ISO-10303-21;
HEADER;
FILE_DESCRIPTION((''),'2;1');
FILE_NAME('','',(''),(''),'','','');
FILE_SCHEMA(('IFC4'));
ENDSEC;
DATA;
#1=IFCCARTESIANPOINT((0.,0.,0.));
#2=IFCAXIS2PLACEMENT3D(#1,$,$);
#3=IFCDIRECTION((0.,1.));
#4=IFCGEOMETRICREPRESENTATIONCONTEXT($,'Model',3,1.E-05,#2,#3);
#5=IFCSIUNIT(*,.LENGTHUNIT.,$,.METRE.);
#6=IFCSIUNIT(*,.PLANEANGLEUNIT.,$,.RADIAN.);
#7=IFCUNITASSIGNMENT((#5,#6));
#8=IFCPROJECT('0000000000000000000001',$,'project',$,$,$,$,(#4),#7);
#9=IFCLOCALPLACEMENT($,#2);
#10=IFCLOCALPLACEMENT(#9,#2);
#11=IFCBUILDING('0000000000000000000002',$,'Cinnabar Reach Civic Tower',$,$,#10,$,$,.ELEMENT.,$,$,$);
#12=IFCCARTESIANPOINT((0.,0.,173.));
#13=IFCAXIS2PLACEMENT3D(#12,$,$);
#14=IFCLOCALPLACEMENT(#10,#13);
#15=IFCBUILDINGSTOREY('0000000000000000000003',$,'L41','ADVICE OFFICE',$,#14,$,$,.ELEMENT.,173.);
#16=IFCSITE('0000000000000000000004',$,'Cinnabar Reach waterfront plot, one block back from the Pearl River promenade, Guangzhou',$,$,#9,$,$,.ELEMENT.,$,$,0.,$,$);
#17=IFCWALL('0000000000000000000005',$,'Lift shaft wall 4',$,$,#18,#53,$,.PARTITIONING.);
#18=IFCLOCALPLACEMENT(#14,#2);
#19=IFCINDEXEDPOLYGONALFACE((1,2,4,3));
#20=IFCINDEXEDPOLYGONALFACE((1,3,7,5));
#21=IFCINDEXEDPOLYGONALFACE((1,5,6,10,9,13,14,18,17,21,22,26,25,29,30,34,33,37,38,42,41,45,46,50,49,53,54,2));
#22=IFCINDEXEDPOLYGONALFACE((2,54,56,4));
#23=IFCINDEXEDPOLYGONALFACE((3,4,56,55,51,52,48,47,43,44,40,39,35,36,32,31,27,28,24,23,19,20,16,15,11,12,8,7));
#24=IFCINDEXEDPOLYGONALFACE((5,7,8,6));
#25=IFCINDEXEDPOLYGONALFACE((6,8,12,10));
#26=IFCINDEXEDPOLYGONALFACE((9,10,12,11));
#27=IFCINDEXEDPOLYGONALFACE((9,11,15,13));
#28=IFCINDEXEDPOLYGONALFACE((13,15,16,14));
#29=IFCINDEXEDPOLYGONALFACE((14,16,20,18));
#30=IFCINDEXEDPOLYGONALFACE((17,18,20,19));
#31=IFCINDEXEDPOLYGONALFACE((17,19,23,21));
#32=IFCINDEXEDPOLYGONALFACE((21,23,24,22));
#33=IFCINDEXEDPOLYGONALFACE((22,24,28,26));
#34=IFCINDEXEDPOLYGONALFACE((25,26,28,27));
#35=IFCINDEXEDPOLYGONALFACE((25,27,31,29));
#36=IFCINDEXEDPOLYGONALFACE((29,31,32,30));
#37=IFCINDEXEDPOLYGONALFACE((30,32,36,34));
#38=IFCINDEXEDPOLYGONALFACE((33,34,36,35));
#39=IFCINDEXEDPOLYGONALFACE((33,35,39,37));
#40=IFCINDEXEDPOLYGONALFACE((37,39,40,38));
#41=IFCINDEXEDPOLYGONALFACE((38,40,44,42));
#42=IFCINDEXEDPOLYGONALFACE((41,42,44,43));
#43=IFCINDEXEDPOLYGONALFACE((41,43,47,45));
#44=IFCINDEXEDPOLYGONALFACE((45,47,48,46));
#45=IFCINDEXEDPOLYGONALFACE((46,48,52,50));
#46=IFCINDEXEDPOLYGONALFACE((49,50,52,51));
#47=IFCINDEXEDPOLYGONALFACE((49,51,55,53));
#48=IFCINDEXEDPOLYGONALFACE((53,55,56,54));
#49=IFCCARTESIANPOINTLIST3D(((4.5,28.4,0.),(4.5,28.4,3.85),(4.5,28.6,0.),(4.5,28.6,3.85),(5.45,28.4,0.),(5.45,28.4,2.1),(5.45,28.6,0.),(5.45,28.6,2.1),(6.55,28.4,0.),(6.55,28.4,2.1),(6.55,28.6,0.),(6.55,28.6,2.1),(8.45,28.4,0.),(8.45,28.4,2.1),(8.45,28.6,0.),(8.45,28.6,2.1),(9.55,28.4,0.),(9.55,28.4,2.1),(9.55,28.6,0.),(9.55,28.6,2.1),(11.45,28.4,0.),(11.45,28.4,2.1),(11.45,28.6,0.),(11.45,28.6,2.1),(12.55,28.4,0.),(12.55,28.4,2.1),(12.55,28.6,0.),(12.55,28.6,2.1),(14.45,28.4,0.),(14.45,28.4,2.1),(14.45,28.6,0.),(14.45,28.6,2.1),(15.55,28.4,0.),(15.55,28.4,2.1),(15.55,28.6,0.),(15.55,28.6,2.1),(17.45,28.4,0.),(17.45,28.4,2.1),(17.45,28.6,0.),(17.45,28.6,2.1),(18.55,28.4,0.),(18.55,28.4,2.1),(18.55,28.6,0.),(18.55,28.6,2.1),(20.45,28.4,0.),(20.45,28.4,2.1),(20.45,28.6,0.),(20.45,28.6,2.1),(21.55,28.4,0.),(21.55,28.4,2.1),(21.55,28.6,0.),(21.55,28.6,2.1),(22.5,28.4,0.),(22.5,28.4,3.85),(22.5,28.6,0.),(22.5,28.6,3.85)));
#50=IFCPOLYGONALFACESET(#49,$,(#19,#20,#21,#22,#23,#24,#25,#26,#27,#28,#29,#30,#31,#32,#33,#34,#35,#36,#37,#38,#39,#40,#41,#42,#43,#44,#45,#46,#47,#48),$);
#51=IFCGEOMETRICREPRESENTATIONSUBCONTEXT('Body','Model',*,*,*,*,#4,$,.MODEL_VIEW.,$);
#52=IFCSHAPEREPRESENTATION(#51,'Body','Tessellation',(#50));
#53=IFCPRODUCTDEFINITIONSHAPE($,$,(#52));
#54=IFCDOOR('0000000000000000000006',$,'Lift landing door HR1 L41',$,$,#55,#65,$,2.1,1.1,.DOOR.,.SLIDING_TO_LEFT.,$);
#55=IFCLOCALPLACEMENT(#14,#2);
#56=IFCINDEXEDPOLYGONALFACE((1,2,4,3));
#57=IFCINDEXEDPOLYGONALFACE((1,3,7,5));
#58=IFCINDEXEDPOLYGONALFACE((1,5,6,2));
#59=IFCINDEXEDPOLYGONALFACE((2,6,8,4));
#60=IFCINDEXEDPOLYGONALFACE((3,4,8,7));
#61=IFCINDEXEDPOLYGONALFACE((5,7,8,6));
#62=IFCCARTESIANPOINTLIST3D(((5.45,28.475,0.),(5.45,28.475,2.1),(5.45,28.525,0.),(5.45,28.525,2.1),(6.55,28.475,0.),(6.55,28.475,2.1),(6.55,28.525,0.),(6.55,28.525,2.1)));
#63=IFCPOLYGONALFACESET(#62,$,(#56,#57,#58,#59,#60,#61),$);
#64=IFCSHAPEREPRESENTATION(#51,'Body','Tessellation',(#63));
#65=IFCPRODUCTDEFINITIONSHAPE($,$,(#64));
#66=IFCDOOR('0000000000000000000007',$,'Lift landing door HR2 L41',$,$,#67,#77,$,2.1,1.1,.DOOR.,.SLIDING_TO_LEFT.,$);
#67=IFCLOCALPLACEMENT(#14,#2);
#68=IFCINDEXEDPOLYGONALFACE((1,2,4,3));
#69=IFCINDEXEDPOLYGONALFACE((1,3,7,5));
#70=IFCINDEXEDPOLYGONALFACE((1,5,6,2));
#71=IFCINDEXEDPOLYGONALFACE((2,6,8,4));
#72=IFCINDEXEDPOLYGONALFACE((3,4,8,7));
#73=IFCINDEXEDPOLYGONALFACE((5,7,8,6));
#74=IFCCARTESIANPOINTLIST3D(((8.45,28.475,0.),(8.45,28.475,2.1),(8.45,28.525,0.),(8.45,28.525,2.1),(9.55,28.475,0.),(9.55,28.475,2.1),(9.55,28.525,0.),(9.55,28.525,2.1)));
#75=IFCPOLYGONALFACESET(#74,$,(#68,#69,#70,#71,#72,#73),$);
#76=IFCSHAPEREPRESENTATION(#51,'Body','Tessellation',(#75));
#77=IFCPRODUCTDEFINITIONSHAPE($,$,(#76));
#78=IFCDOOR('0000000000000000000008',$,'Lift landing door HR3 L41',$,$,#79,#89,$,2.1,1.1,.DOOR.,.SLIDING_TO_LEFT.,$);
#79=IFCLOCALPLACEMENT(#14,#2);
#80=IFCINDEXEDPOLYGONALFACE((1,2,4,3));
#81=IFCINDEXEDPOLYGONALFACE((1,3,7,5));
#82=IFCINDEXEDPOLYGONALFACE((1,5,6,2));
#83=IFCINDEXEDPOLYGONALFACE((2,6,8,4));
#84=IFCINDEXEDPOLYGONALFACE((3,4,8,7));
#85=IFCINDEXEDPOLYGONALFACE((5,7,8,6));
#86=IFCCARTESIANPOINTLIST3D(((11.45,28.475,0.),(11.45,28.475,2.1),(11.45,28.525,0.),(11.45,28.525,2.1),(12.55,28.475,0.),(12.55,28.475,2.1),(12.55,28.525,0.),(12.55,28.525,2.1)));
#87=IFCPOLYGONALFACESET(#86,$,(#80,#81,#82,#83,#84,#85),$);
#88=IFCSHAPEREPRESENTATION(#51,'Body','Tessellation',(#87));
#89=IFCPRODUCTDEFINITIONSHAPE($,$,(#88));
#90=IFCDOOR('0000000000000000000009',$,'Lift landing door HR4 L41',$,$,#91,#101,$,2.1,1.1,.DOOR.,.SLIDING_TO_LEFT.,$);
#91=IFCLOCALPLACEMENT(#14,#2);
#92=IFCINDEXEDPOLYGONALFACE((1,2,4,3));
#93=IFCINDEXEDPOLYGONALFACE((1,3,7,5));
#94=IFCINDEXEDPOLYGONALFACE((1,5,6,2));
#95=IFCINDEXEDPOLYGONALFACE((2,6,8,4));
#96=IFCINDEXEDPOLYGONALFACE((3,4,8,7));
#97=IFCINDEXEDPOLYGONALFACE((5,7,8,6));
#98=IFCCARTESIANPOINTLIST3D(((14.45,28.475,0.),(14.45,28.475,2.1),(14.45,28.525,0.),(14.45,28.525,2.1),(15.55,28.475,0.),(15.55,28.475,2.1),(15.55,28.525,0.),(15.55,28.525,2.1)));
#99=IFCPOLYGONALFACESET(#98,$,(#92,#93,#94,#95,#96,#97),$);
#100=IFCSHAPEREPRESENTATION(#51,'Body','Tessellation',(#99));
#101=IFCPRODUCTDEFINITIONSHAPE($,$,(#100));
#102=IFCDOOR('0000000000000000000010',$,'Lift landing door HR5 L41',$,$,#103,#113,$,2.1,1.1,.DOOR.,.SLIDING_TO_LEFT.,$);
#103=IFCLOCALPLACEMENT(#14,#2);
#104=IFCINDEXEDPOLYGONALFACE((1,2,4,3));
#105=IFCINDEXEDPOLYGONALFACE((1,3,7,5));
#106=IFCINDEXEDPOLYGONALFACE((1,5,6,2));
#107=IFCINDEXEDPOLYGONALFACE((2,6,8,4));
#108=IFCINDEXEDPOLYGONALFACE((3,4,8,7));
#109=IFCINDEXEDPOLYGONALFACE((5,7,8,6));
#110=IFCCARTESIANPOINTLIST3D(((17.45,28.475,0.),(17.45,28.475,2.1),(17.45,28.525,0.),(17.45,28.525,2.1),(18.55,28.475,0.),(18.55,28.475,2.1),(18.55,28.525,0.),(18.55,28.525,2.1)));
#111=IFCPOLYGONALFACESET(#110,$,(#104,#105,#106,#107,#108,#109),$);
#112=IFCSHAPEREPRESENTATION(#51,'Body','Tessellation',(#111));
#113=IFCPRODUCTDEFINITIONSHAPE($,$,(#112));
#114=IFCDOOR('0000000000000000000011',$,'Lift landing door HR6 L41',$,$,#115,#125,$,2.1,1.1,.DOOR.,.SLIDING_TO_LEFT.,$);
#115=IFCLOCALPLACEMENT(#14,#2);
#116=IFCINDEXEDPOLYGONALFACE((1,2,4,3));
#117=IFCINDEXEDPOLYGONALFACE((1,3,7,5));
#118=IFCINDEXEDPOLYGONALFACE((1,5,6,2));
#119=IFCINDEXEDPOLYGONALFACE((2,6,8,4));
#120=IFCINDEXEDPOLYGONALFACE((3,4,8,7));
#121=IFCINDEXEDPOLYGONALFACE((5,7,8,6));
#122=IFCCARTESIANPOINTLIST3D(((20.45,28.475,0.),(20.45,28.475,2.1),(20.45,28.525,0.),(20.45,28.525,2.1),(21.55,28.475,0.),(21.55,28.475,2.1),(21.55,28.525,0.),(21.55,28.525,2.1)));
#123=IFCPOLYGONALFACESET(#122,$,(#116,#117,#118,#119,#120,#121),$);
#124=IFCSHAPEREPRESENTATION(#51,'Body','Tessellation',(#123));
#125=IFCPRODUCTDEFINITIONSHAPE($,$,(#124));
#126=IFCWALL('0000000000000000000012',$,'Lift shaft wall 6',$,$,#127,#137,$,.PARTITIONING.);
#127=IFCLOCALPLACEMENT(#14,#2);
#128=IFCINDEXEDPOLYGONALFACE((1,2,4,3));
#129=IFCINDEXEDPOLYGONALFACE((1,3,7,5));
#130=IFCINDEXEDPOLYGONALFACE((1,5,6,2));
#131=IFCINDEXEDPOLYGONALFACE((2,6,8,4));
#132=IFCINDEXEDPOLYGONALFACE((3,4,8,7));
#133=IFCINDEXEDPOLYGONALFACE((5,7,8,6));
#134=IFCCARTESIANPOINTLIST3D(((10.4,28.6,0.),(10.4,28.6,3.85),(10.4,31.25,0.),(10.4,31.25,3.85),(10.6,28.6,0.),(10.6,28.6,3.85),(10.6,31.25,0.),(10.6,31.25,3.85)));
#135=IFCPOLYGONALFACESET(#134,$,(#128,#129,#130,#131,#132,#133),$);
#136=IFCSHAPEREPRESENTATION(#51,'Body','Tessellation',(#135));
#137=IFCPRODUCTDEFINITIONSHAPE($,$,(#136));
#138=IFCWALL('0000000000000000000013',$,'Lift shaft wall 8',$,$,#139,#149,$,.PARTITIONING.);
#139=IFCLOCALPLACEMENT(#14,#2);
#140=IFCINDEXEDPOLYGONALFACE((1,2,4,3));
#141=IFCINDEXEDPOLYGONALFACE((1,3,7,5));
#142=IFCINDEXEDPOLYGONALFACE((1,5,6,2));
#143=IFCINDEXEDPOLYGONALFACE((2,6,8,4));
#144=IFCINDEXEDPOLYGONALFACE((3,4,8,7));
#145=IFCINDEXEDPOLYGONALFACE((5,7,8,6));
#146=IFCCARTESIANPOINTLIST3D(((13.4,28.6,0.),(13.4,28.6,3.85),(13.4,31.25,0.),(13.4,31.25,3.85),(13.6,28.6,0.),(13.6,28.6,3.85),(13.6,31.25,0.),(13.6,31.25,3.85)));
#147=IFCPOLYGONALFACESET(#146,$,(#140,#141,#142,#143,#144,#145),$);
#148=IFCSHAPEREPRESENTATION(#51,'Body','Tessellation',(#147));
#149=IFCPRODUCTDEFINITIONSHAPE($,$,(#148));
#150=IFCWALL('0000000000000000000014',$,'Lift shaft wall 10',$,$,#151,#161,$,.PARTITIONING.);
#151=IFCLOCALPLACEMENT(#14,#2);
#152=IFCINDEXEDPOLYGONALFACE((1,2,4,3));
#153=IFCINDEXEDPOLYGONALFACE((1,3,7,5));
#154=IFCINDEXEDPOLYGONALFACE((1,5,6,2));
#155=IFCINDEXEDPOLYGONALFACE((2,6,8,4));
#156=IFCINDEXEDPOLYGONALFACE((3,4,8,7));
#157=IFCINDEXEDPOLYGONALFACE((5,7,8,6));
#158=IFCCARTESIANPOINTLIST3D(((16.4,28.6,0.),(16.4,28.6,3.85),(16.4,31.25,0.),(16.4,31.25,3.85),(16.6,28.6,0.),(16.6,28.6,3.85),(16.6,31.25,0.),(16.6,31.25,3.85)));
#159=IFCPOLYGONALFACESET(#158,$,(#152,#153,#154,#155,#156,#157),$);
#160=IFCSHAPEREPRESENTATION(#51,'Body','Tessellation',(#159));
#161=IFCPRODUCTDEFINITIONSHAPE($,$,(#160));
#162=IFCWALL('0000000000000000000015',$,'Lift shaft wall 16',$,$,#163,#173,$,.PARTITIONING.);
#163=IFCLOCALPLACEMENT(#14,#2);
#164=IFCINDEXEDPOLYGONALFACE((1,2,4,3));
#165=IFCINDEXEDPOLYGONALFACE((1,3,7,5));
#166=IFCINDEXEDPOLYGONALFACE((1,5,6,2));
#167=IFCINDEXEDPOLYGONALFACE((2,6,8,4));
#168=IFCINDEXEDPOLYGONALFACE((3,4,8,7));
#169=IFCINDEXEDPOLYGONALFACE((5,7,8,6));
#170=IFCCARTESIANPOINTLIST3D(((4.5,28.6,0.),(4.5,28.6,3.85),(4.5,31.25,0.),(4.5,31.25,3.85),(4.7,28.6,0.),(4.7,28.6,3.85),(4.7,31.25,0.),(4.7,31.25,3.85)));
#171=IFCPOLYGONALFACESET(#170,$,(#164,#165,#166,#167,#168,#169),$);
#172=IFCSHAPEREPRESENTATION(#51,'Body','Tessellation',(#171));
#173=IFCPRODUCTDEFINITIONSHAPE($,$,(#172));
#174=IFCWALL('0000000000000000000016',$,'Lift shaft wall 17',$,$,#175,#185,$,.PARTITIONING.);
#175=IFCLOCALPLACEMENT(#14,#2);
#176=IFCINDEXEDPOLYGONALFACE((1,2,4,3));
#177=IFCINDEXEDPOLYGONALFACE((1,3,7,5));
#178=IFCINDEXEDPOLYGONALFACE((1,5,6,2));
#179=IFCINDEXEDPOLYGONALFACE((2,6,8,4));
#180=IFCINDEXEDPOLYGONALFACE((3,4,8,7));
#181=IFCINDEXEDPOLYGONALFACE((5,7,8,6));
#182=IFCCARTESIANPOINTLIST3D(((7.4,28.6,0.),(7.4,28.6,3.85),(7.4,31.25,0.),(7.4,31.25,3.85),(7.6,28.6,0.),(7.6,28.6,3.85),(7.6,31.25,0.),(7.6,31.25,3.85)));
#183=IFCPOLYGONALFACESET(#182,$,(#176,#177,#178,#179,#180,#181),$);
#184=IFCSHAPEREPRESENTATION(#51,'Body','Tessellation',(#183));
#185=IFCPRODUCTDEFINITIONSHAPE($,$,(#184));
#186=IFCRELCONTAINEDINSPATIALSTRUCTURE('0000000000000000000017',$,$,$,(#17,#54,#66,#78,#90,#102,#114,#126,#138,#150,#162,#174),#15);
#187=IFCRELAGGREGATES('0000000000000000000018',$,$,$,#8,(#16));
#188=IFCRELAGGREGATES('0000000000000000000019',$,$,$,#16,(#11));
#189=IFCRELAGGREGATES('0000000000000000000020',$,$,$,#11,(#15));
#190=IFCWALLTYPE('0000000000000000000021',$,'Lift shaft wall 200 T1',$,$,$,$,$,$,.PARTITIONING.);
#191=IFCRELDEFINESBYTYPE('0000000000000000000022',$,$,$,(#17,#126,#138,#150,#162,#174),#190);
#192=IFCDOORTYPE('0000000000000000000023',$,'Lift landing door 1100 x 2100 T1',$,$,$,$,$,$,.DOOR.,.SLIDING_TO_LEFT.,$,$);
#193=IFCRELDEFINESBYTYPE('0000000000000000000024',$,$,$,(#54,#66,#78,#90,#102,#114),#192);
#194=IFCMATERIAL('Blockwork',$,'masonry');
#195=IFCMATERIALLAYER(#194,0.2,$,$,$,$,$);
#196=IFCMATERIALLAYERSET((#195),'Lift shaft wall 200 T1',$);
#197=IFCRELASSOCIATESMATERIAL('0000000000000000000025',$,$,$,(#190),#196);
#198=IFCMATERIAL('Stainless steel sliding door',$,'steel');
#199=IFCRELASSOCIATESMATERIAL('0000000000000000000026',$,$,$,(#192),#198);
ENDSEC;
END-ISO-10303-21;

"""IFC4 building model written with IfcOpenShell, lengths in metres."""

from ifc_helpers import new_model, si_unit, direction, frame, frame_2d, origin, place, context, subcontext, project, spatial, rectangle, extrude, material, layer, layer_set, type_object, element, fill, save


model = new_model("IFC4")

# Units and contexts
model_context = context("Model", 3, precision=1e-05, world=origin(), true_north=direction((0.0, 1.0)))
body_context = subcontext(model_context, "Body", "Model", "MODEL_VIEW")
ifc_project = project(units=[si_unit("LENGTHUNIT", "METRE"), si_unit("PLANEANGLEUNIT", "RADIAN")], contexts=[model_context])

# Site, building, storey
site_placement = place(None, origin())
site = spatial("IfcSite", under=ifc_project, at=site_placement, Name="Cinnabar Reach waterfront plot, one block back from the Pearl River promenade, Guangzhou", CompositionType="ELEMENT", RefElevation=0.0)
building_placement = place(site_placement, origin())
building = spatial("IfcBuilding", under=site, at=building_placement, Name="Cinnabar Reach Civic Tower", CompositionType="ELEMENT")
storey_placement = place(building_placement, frame((0.0, 0.0, 173.0)))
storey = spatial("IfcBuildingStorey", under=building, at=storey_placement, Name="L41", Description="ADVICE OFFICE", CompositionType="ELEMENT", Elevation=173.0)

# Wall, openings, doors
ifc_material_1 = material(Name="Blockwork", Category="masonry")
ifc_layer_1 = layer(ifc_material_1, 0.2)
ifc_layer_set_1 = layer_set([ifc_layer_1], Name="Lift shaft wall 200 T1")
wall_type_1 = type_object("IfcWallType", Name="Lift shaft wall 200 T1", PredefinedType="PARTITIONING", material=ifc_layer_set_1)
wall_1_placement = place(storey_placement, frame((4.5, 28.5, 0.0), z_axis=(0.0, 0.0, 1.0), x_axis=(1.0, 0.0, 0.0)))
wall_1 = element("IfcWall", 1, at=wall_1_placement, inside=storey, type_object=wall_type_1, Name="Lift shaft wall 4", PredefinedType="PARTITIONING", context=body_context, shape_type="SweptSolid", body=[
    extrude(rectangle(XDim=18.0, YDim=0.2, at=frame_2d((9.0, 0.0))), origin(), (0.0, 0.0, 1.0), 3.85),
])
opening_1_placement = place(wall_1_placement, frame((0.95, 0.0, 0.0)))
opening_1 = element("IfcOpeningElement", 2, at=opening_1_placement, cuts=wall_1, PredefinedType="OPENING", context=body_context, shape_type="SweptSolid", body=[
    extrude(rectangle(XDim=1.1, YDim=2.1, at=frame_2d((0.55, 1.05))), frame((0.0, 0.11, 0.0), z_axis=(0.0, -1.0, 0.0), x_axis=(1.0, 0.0, 0.0)), (0.0, 0.0, 1.0), 0.22),
])
opening_2_placement = place(wall_1_placement, frame((3.95, 0.0, 0.0)))
opening_2 = element("IfcOpeningElement", 3, at=opening_2_placement, cuts=wall_1, PredefinedType="OPENING", context=body_context, shape_type="SweptSolid", body=[
    extrude(rectangle(XDim=1.1, YDim=2.1, at=frame_2d((0.55, 1.05))), frame((0.0, 0.11, 0.0), z_axis=(0.0, -1.0, 0.0), x_axis=(1.0, 0.0, 0.0)), (0.0, 0.0, 1.0), 0.22),
])
opening_3_placement = place(wall_1_placement, frame((6.95, 0.0, 0.0)))
opening_3 = element("IfcOpeningElement", 4, at=opening_3_placement, cuts=wall_1, PredefinedType="OPENING", context=body_context, shape_type="SweptSolid", body=[
    extrude(rectangle(XDim=1.1, YDim=2.1, at=frame_2d((0.55, 1.05))), frame((0.0, 0.11, 0.0), z_axis=(0.0, -1.0, 0.0), x_axis=(1.0, 0.0, 0.0)), (0.0, 0.0, 1.0), 0.22),
])
opening_4_placement = place(wall_1_placement, frame((9.95, 0.0, 0.0)))
opening_4 = element("IfcOpeningElement", 5, at=opening_4_placement, cuts=wall_1, PredefinedType="OPENING", context=body_context, shape_type="SweptSolid", body=[
    extrude(rectangle(XDim=1.1, YDim=2.1, at=frame_2d((0.55, 1.05))), frame((0.0, 0.11, 0.0), z_axis=(0.0, -1.0, 0.0), x_axis=(1.0, 0.0, 0.0)), (0.0, 0.0, 1.0), 0.22),
])
opening_5_placement = place(wall_1_placement, frame((12.95, 0.0, 0.0)))
opening_5 = element("IfcOpeningElement", 6, at=opening_5_placement, cuts=wall_1, PredefinedType="OPENING", context=body_context, shape_type="SweptSolid", body=[
    extrude(rectangle(XDim=1.1, YDim=2.1, at=frame_2d((0.55, 1.05))), frame((0.0, 0.11, 0.0), z_axis=(0.0, -1.0, 0.0), x_axis=(1.0, 0.0, 0.0)), (0.0, 0.0, 1.0), 0.22),
])
opening_6_placement = place(wall_1_placement, frame((15.95, 0.0, 0.0)))
opening_6 = element("IfcOpeningElement", 7, at=opening_6_placement, cuts=wall_1, PredefinedType="OPENING", context=body_context, shape_type="SweptSolid", body=[
    extrude(rectangle(XDim=1.1, YDim=2.1, at=frame_2d((0.55, 1.05))), frame((0.0, 0.11, 0.0), z_axis=(0.0, -1.0, 0.0), x_axis=(1.0, 0.0, 0.0)), (0.0, 0.0, 1.0), 0.22),
])
ifc_material_2 = material(Name="Stainless steel sliding door", Category="steel")
door_type_1 = type_object("IfcDoorType", Name="Lift landing door 1100 x 2100 T1", OperationType="SLIDING_TO_LEFT", PredefinedType="DOOR", material=ifc_material_2)
door_1_placement = place(opening_1_placement, origin())
door_1 = element("IfcDoor", 8, at=door_1_placement, inside=storey, type_object=door_type_1, Name="Lift landing door HR1 L41", OperationType="SLIDING_TO_LEFT", OverallHeight=2.1, OverallWidth=1.1, PredefinedType="DOOR", context=body_context, shape_type="SweptSolid", body=[
    extrude(rectangle(XDim=1.1, YDim=2.1, at=frame_2d((0.55, 1.05))), frame((0.0, 0.025, 0.0), z_axis=(0.0, -1.0, 0.0), x_axis=(1.0, 0.0, 0.0)), (0.0, 0.0, 1.0), 0.05),
])
fill(opening_1, door_1)
door_2_placement = place(opening_2_placement, origin())
door_2 = element("IfcDoor", 9, at=door_2_placement, inside=storey, type_object=door_type_1, Name="Lift landing door HR2 L41", OperationType="SLIDING_TO_LEFT", OverallHeight=2.1, OverallWidth=1.1, PredefinedType="DOOR", context=body_context, shape_type="SweptSolid", body=[
    extrude(rectangle(XDim=1.1, YDim=2.1, at=frame_2d((0.55, 1.05))), frame((0.0, 0.025, 0.0), z_axis=(0.0, -1.0, 0.0), x_axis=(1.0, 0.0, 0.0)), (0.0, 0.0, 1.0), 0.05),
])
fill(opening_2, door_2)
door_3_placement = place(opening_3_placement, origin())
door_3 = element("IfcDoor", 10, at=door_3_placement, inside=storey, type_object=door_type_1, Name="Lift landing door HR3 L41", OperationType="SLIDING_TO_LEFT", OverallHeight=2.1, OverallWidth=1.1, PredefinedType="DOOR", context=body_context, shape_type="SweptSolid", body=[
    extrude(rectangle(XDim=1.1, YDim=2.1, at=frame_2d((0.55, 1.05))), frame((0.0, 0.025, 0.0), z_axis=(0.0, -1.0, 0.0), x_axis=(1.0, 0.0, 0.0)), (0.0, 0.0, 1.0), 0.05),
])
fill(opening_3, door_3)
door_4_placement = place(opening_4_placement, origin())
door_4 = element("IfcDoor", 11, at=door_4_placement, inside=storey, type_object=door_type_1, Name="Lift landing door HR4 L41", OperationType="SLIDING_TO_LEFT", OverallHeight=2.1, OverallWidth=1.1, PredefinedType="DOOR", context=body_context, shape_type="SweptSolid", body=[
    extrude(rectangle(XDim=1.1, YDim=2.1, at=frame_2d((0.55, 1.05))), frame((0.0, 0.025, 0.0), z_axis=(0.0, -1.0, 0.0), x_axis=(1.0, 0.0, 0.0)), (0.0, 0.0, 1.0), 0.05),
])
fill(opening_4, door_4)
door_5_placement = place(opening_5_placement, origin())
door_5 = element("IfcDoor", 12, at=door_5_placement, inside=storey, type_object=door_type_1, Name="Lift landing door HR5 L41", OperationType="SLIDING_TO_LEFT", OverallHeight=2.1, OverallWidth=1.1, PredefinedType="DOOR", context=body_context, shape_type="SweptSolid", body=[
    extrude(rectangle(XDim=1.1, YDim=2.1, at=frame_2d((0.55, 1.05))), frame((0.0, 0.025, 0.0), z_axis=(0.0, -1.0, 0.0), x_axis=(1.0, 0.0, 0.0)), (0.0, 0.0, 1.0), 0.05),
])
fill(opening_5, door_5)
door_6_placement = place(opening_6_placement, origin())
door_6 = element("IfcDoor", 13, at=door_6_placement, inside=storey, type_object=door_type_1, Name="Lift landing door HR6 L41", OperationType="SLIDING_TO_LEFT", OverallHeight=2.1, OverallWidth=1.1, PredefinedType="DOOR", context=body_context, shape_type="SweptSolid", body=[
    extrude(rectangle(XDim=1.1, YDim=2.1, at=frame_2d((0.55, 1.05))), frame((0.0, 0.025, 0.0), z_axis=(0.0, -1.0, 0.0), x_axis=(1.0, 0.0, 0.0)), (0.0, 0.0, 1.0), 0.05),
])
fill(opening_6, door_6)

# Walls
for number, where, z_axis, x_axis, name in (
    (14, (10.5, 28.6, 0.0), (0.0, 0.0, 1.0), (0.0, 1.0, 0.0), "Lift shaft wall 6"),
    (15, (13.5, 28.6, 0.0), (0.0, 0.0, 1.0), (0.0, 1.0, 0.0), "Lift shaft wall 8"),
    (16, (16.5, 28.6, 0.0), (0.0, 0.0, 1.0), (0.0, 1.0, 0.0), "Lift shaft wall 10"),
    (17, (4.6, 28.6, 0.0), (0.0, 0.0, 1.0), (0.0, 1.0, 0.0), "Lift shaft wall 16"),
    (18, (7.5, 28.6, 0.0), (0.0, 0.0, 1.0), (0.0, 1.0, 0.0), "Lift shaft wall 17"),
):
    element("IfcWall", number, at=place(storey_placement, frame(where, z_axis=z_axis, x_axis=x_axis)), inside=storey, type_object=wall_type_1, Name=name, PredefinedType="PARTITIONING", context=body_context, shape_type="SweptSolid", body=[
        extrude(rectangle(XDim=2.65, YDim=0.2, at=frame_2d((1.325, 0.0))), origin(), (0.0, 0.0, 1.0), 3.85),
    ])

save(model, "model.ifc")
